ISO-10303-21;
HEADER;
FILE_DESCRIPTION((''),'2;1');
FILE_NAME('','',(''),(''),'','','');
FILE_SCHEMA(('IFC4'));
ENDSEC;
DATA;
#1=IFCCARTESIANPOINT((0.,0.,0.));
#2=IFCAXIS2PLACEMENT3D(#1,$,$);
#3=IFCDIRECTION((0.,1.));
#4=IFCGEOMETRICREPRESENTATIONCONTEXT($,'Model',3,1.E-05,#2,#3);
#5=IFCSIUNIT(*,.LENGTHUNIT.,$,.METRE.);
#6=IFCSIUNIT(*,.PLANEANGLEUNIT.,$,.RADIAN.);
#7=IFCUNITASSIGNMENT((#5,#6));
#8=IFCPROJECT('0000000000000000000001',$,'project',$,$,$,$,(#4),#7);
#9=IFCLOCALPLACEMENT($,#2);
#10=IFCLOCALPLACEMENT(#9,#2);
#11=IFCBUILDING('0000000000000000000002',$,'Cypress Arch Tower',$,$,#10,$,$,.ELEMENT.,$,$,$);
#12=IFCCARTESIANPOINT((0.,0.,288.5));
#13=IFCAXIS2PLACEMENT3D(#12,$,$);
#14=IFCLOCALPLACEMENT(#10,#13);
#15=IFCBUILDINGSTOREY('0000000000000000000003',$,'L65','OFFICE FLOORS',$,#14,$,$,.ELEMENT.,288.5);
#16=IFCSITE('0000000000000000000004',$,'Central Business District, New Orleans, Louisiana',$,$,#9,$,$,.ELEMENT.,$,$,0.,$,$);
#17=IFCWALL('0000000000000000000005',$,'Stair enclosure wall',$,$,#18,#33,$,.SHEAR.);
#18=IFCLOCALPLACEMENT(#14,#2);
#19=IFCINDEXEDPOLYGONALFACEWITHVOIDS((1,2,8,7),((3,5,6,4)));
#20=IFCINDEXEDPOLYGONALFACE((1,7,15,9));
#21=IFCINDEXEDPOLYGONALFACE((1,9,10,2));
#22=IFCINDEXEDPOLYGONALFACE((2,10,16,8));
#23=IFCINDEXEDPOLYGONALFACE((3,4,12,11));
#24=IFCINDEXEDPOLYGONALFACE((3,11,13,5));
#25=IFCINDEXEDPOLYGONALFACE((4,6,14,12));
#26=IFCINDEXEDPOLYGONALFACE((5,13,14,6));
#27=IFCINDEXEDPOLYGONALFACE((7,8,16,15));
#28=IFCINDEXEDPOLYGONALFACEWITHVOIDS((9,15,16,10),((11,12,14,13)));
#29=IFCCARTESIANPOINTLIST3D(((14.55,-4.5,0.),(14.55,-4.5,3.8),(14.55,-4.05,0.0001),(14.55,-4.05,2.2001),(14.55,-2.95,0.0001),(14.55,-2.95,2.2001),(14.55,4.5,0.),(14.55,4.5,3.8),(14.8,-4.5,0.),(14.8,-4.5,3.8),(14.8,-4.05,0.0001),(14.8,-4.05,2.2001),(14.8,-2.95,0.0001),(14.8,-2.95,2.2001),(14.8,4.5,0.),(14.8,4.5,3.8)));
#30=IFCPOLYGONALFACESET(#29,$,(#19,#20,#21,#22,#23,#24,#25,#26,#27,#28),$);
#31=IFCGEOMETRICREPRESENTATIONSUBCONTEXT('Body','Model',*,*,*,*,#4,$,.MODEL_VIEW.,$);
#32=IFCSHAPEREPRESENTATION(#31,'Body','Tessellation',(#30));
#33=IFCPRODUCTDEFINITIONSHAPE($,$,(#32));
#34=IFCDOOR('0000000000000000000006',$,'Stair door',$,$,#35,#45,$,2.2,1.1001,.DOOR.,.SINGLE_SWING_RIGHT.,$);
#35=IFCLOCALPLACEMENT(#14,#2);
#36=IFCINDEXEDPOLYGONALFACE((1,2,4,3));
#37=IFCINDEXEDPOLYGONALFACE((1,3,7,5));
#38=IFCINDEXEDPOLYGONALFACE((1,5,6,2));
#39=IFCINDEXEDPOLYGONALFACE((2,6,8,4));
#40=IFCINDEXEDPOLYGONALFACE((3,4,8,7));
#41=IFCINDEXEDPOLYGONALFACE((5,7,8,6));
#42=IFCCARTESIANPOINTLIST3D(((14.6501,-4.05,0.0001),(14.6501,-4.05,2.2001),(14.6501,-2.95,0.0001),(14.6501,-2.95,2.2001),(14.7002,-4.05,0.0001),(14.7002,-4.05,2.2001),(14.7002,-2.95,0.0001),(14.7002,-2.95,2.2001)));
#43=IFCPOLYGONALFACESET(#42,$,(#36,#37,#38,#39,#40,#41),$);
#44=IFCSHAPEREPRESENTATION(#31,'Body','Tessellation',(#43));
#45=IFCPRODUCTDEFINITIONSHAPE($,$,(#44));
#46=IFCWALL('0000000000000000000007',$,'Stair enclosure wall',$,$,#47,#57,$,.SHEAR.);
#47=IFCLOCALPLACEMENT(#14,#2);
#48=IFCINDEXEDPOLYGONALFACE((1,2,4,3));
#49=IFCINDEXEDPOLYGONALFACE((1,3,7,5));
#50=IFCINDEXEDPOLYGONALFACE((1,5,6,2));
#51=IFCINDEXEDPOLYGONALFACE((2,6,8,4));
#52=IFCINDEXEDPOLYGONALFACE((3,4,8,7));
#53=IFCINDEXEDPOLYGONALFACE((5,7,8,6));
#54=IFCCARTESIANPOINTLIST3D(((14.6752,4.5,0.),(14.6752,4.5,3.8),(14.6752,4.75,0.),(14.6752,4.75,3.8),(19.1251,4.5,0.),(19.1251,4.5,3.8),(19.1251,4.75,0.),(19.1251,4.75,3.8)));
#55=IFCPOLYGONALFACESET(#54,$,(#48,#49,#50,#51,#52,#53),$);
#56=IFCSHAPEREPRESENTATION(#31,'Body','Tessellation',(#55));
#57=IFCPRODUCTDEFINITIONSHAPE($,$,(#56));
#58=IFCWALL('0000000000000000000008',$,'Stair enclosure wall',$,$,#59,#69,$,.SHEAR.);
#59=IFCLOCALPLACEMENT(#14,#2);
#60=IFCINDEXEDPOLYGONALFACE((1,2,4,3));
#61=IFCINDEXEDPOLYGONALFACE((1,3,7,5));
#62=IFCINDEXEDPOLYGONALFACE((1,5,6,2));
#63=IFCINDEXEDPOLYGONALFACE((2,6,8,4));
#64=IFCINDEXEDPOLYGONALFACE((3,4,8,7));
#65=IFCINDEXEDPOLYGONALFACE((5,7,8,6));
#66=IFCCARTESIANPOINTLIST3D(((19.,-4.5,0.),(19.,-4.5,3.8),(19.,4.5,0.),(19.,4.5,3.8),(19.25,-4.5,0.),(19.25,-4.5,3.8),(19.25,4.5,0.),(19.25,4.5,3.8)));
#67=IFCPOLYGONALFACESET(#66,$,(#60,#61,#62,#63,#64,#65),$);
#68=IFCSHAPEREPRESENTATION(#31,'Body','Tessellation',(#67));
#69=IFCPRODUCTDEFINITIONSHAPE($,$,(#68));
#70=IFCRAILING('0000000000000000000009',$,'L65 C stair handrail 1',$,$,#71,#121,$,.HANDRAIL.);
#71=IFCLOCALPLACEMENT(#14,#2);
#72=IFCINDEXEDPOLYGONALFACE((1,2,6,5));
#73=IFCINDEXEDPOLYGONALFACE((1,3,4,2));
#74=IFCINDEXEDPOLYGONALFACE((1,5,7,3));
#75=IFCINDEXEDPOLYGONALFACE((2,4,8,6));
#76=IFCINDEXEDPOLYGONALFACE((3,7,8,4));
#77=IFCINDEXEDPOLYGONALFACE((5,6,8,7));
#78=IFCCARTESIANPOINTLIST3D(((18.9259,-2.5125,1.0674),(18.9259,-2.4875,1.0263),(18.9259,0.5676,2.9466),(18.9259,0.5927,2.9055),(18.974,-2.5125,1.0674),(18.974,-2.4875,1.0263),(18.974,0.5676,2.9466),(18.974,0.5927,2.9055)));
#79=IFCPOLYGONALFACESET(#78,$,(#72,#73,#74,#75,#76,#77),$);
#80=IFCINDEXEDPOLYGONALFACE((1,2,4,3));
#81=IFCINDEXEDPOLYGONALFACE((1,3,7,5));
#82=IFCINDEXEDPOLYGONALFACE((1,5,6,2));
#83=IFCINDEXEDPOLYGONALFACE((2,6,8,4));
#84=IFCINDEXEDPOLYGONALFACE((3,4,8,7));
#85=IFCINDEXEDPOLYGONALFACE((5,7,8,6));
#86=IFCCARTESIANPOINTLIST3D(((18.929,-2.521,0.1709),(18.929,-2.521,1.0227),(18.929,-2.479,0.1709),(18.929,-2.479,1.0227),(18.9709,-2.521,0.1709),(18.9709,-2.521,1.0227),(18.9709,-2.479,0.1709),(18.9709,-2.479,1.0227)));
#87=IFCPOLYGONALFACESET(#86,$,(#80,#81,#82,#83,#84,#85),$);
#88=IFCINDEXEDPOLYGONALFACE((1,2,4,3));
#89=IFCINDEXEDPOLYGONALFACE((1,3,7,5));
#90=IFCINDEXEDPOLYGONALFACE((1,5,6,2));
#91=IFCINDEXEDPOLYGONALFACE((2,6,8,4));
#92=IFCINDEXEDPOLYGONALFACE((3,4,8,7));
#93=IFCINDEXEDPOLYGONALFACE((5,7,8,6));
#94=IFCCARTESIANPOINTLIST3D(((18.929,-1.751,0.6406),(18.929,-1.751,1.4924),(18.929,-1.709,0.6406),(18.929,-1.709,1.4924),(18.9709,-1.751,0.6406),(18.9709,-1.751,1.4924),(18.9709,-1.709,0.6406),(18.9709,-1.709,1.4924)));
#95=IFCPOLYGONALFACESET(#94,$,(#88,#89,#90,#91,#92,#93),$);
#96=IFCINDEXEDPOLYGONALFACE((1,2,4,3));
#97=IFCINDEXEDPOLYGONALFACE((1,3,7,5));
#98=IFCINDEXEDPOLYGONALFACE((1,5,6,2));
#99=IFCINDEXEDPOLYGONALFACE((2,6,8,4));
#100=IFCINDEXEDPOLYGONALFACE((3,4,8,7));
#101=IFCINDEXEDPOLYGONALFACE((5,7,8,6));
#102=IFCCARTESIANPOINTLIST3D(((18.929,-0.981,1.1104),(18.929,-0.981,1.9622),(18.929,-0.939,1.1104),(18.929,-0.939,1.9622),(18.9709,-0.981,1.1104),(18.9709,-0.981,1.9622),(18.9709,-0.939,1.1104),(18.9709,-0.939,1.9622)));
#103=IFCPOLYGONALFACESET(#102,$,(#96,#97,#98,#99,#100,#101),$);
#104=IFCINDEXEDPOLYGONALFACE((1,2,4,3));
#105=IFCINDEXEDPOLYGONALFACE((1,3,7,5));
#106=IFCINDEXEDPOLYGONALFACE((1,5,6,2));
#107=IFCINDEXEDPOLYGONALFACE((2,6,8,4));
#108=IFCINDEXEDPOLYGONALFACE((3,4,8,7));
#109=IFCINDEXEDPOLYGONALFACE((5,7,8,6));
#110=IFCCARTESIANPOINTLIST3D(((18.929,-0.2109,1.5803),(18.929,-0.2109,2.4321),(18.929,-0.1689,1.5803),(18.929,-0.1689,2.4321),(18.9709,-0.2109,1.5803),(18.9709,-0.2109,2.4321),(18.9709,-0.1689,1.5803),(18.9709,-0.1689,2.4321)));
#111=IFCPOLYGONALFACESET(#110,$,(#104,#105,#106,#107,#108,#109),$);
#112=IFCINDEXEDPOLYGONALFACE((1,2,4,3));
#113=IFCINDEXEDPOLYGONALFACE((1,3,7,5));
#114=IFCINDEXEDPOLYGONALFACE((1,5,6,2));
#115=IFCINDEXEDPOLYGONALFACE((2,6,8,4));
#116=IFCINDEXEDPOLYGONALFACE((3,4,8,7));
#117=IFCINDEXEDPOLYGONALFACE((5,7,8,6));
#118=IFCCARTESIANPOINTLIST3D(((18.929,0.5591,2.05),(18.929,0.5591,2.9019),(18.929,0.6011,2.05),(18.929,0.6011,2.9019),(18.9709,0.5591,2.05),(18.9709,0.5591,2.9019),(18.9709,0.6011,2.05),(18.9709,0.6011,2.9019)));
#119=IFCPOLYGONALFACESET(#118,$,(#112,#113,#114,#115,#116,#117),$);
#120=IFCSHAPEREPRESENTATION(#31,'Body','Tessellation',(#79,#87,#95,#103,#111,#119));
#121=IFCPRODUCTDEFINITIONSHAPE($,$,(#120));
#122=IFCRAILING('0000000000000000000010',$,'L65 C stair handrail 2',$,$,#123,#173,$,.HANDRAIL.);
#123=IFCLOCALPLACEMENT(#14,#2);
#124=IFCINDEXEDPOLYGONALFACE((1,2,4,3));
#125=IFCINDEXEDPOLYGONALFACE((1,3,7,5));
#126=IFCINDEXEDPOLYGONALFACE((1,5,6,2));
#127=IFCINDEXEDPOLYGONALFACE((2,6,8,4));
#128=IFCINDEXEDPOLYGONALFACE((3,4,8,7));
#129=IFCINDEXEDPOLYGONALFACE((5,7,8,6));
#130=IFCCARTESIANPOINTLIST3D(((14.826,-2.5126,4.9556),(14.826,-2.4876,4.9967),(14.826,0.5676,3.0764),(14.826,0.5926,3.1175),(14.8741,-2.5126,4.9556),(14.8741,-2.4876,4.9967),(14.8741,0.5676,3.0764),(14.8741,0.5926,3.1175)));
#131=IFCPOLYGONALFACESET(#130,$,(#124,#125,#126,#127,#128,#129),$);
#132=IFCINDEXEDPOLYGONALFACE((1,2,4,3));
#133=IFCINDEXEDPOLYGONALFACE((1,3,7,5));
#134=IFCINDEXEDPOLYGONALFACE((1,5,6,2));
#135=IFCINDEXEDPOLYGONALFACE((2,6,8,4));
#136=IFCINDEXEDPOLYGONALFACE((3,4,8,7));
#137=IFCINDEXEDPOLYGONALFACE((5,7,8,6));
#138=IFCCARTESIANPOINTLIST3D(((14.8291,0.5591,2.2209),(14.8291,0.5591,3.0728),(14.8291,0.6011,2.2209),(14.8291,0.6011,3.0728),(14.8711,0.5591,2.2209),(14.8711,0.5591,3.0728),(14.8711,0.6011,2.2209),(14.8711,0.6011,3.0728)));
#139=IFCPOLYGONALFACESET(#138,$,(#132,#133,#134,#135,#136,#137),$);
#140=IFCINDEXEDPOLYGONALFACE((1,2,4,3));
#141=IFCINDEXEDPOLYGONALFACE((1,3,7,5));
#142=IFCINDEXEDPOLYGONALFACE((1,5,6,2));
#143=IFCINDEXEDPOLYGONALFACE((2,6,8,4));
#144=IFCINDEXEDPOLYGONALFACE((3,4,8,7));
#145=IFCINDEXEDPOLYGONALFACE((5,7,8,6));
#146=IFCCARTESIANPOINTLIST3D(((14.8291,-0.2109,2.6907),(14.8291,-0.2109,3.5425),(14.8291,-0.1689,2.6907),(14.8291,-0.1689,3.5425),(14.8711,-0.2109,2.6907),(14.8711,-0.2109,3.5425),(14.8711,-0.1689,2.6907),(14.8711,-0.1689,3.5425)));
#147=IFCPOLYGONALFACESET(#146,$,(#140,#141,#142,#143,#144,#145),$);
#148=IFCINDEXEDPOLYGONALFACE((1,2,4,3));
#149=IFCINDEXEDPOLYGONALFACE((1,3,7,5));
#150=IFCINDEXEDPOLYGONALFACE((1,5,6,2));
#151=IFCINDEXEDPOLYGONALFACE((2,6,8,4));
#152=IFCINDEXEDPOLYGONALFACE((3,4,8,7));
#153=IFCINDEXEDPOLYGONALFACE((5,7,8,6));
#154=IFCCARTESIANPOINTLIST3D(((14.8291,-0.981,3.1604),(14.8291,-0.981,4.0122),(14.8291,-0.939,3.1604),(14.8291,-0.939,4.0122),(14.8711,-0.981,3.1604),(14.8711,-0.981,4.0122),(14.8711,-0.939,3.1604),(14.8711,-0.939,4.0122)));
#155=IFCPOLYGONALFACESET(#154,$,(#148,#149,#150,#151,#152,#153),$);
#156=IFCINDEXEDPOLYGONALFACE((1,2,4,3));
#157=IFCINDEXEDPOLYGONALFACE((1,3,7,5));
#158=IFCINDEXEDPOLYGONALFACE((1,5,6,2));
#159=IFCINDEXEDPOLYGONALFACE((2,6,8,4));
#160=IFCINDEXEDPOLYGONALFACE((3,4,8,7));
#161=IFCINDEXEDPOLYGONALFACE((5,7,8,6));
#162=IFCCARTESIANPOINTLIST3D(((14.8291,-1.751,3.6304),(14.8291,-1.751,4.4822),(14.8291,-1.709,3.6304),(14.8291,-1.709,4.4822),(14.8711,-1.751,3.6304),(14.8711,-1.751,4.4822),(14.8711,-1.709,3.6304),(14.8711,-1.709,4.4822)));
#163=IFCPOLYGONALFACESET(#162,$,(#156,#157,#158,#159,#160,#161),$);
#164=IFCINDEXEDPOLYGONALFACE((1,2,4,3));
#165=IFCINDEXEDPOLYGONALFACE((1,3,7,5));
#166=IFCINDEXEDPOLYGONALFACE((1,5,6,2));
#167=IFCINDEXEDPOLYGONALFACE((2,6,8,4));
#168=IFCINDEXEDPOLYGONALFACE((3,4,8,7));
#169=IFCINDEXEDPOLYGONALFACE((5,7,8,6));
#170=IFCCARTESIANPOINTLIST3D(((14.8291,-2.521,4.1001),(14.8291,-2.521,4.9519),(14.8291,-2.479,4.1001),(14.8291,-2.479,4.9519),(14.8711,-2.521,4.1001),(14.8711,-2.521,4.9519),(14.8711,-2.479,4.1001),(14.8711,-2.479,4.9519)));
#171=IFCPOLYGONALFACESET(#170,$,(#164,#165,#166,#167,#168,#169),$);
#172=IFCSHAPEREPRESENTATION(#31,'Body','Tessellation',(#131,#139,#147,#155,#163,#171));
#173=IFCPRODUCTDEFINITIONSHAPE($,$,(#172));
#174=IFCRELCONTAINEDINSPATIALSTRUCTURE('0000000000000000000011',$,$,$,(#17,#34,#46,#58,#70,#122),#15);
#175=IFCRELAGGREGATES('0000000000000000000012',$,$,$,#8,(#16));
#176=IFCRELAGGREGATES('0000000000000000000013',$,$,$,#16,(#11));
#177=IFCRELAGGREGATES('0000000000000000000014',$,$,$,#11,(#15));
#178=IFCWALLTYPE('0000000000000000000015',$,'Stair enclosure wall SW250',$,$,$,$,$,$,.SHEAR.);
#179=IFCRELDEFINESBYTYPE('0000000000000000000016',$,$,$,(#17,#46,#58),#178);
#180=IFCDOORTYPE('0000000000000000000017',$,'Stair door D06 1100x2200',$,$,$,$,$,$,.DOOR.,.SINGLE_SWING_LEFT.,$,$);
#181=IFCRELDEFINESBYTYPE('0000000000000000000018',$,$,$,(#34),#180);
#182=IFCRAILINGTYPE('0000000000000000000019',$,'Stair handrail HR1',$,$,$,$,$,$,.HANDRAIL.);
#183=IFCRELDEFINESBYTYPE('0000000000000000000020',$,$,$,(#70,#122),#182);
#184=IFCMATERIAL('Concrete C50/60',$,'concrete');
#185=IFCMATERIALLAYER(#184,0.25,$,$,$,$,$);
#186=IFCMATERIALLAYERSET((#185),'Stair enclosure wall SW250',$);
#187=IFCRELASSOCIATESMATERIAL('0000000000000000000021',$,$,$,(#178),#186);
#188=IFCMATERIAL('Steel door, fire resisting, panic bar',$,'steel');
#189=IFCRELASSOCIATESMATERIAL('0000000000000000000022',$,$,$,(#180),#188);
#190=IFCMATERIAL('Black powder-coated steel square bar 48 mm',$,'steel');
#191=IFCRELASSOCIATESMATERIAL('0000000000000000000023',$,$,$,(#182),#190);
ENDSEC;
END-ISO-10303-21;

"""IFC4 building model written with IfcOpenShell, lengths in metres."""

from ifc_helpers import new_model, si_unit, direction, frame, frame_2d, origin, origin_2d, place, context, subcontext, project, spatial, rectangle, extrude, material, layer, layer_set, type_object, element, fill, save


model = new_model("IFC4")

# Units and contexts
model_context = context("Model", 3, precision=1e-05, world=origin(), true_north=direction((0.0, 1.0)))
body_context = subcontext(model_context, "Body", "Model", "MODEL_VIEW")
ifc_project = project(units=[si_unit("LENGTHUNIT", "METRE"), si_unit("PLANEANGLEUNIT", "RADIAN")], contexts=[model_context])

# Site, building, storey
site_placement = place(None, origin())
site = spatial("IfcSite", under=ifc_project, at=site_placement, Name="Central Business District, New Orleans, Louisiana", CompositionType="ELEMENT", RefElevation=0.0)
building_placement = place(site_placement, origin())
building = spatial("IfcBuilding", under=site, at=building_placement, Name="Cypress Arch Tower", CompositionType="ELEMENT")
storey_placement = place(building_placement, frame((0.0, 0.0, 288.5)))
storey = spatial("IfcBuildingStorey", under=building, at=storey_placement, Name="L65", Description="OFFICE FLOORS", CompositionType="ELEMENT", Elevation=288.5)

# Wall, opening, door
ifc_material_1 = material(Name="Concrete C50/60", Category="concrete")
ifc_layer_1 = layer(ifc_material_1, 0.25)
ifc_layer_set_1 = layer_set([ifc_layer_1], Name="Stair enclosure wall SW250")
wall_type_1 = type_object("IfcWallType", Name="Stair enclosure wall SW250", PredefinedType="SHEAR", material=ifc_layer_set_1)
wall_1_placement = place(storey_placement, frame((14.675, -4.5, 0.0), z_axis=(0.0, 0.0, 1.0), x_axis=(0.0, 1.0, 0.0)))
wall_1 = element("IfcWall", 1, at=wall_1_placement, inside=storey, type_object=wall_type_1, Name="Stair enclosure wall", PredefinedType="SHEAR", context=body_context, shape_type="SweptSolid", body=[
    extrude(rectangle(XDim=9.0, YDim=0.25, at=frame_2d((4.5, 0.0))), origin(), (0.0, 0.0, 1.0), 3.8),
])
opening_1_placement = place(wall_1_placement, frame((0.45, 0.0, 0.0)))
opening_1 = element("IfcOpeningElement", 2, at=opening_1_placement, cuts=wall_1, PredefinedType="OPENING", context=body_context, shape_type="SweptSolid", body=[
    extrude(rectangle(XDim=1.1001, YDim=2.2, at=frame_2d((0.55, 1.1001))), frame((0.0, 0.135, 0.0), z_axis=(0.0, -1.0, 0.0), x_axis=(1.0, 0.0, 0.0)), (0.0, 0.0, 1.0), 0.27),
])
ifc_material_2 = material(Name="Steel door, fire resisting, panic bar", Category="steel")
door_type = type_object("IfcDoorType", Name="Stair door D06 1100x2200", OperationType="SINGLE_SWING_LEFT", PredefinedType="DOOR", material=ifc_material_2)
door_placement = place(opening_1_placement, origin())
door = element("IfcDoor", 3, at=door_placement, inside=storey, type_object=door_type, Name="Stair door", OperationType="SINGLE_SWING_RIGHT", OverallHeight=2.2, OverallWidth=1.1001, PredefinedType="DOOR", context=body_context, shape_type="SweptSolid", body=[
    extrude(rectangle(XDim=1.1001, YDim=2.2, at=frame_2d((0.55, 1.1001))), frame((0.0, 0.0249, 0.0), z_axis=(0.0, -1.0, 0.0), x_axis=(1.0, 0.0, 0.0)), (0.0, 0.0, 1.0), 0.05),
])
fill(opening_1, door)

# Walls
wall_2_placement = place(storey_placement, frame((14.675, 4.625, 0.0), z_axis=(0.0, 0.0, 1.0), x_axis=(1.0, 0.0, 0.0)))
element("IfcWall", 4, at=wall_2_placement, inside=storey, type_object=wall_type_1, Name="Stair enclosure wall", PredefinedType="SHEAR", context=body_context, shape_type="SweptSolid", body=[
    extrude(rectangle(XDim=4.45, YDim=0.25, at=frame_2d((2.2251, 0.0))), origin(), (0.0, 0.0, 1.0), 3.8),
])
wall_3_placement = place(storey_placement, frame((19.125, -4.5, 0.0), z_axis=(0.0, 0.0, 1.0), x_axis=(0.0, 1.0, 0.0)))
element("IfcWall", 5, at=wall_3_placement, inside=storey, type_object=wall_type_1, Name="Stair enclosure wall", PredefinedType="SHEAR", context=body_context, shape_type="SweptSolid", body=[
    extrude(rectangle(XDim=9.0, YDim=0.25, at=frame_2d((4.5, 0.0))), origin(), (0.0, 0.0, 1.0), 3.8),
])

# Railings
ifc_material_3 = material(Name="Black powder-coated steel square bar 48 mm", Category="steel")
railing_type_1 = type_object("IfcRailingType", Name="Stair handrail HR1", PredefinedType="HANDRAIL", material=ifc_material_3)
railing_1_placement = place(storey_placement, frame((18.95, -2.5, 0.1709)))
element("IfcRailing", 6, at=railing_1_placement, inside=storey, type_object=railing_type_1, Name="L65 C stair handrail 1", PredefinedType="HANDRAIL", context=body_context, shape_type="SweptSolid", body=[
    extrude(rectangle(XDim=0.0481, YDim=0.0481, at=origin_2d()), frame((0.0, 0.0, 0.876), z_axis=(0.0, 0.853666, 0.52082), x_axis=(-1.0, 0.0, 0.0)), (0.0, 0.0, 1.0), 3.6082),
    extrude(rectangle(XDim=0.042, YDim=0.042, at=origin_2d()), origin(), (0.0, 0.0, 1.0), 0.8518),
    extrude(rectangle(XDim=0.042, YDim=0.042, at=origin_2d()), frame((0.0, 0.77, 0.4697)), (0.0, 0.0, 1.0), 0.8518),
    extrude(rectangle(XDim=0.042, YDim=0.042, at=origin_2d()), frame((0.0, 1.54, 0.9395)), (0.0, 0.0, 1.0), 0.8518),
    extrude(rectangle(XDim=0.042, YDim=0.042, at=origin_2d()), frame((0.0, 2.3101, 1.4094)), (0.0, 0.0, 1.0), 0.8518),
    extrude(rectangle(XDim=0.042, YDim=0.042, at=origin_2d()), frame((0.0, 3.0801, 1.8792)), (0.0, 0.0, 1.0), 0.8518),
])
railing_2_placement = place(storey_placement, frame((14.8501, 0.5801, 2.2209)))
element("IfcRailing", 7, at=railing_2_placement, inside=storey, type_object=railing_type_1, Name="L65 C stair handrail 2", PredefinedType="HANDRAIL", context=body_context, shape_type="SweptSolid", body=[
    extrude(rectangle(XDim=0.0481, YDim=0.0481, at=origin_2d()), frame((0.0, 0.0, 0.876), z_axis=(0.0, -0.853666, 0.52082), x_axis=(1.0, 0.0, 0.0)), (0.0, 0.0, 1.0), 3.6082),
    extrude(rectangle(XDim=0.042, YDim=0.042, at=origin_2d()), origin(), (0.0, 0.0, 1.0), 0.8518),
    extrude(rectangle(XDim=0.042, YDim=0.042, at=origin_2d()), frame((0.0, -0.77, 0.4697)), (0.0, 0.0, 1.0), 0.8518),
    extrude(rectangle(XDim=0.042, YDim=0.042, at=origin_2d()), frame((0.0, -1.54, 0.9395)), (0.0, 0.0, 1.0), 0.8518),
    extrude(rectangle(XDim=0.042, YDim=0.042, at=origin_2d()), frame((0.0, -2.3101, 1.4094)), (0.0, 0.0, 1.0), 0.8518),
    extrude(rectangle(XDim=0.042, YDim=0.042, at=origin_2d()), frame((0.0, -3.0801, 1.8792)), (0.0, 0.0, 1.0), 0.8518),
])

save(model, "model.ifc")
